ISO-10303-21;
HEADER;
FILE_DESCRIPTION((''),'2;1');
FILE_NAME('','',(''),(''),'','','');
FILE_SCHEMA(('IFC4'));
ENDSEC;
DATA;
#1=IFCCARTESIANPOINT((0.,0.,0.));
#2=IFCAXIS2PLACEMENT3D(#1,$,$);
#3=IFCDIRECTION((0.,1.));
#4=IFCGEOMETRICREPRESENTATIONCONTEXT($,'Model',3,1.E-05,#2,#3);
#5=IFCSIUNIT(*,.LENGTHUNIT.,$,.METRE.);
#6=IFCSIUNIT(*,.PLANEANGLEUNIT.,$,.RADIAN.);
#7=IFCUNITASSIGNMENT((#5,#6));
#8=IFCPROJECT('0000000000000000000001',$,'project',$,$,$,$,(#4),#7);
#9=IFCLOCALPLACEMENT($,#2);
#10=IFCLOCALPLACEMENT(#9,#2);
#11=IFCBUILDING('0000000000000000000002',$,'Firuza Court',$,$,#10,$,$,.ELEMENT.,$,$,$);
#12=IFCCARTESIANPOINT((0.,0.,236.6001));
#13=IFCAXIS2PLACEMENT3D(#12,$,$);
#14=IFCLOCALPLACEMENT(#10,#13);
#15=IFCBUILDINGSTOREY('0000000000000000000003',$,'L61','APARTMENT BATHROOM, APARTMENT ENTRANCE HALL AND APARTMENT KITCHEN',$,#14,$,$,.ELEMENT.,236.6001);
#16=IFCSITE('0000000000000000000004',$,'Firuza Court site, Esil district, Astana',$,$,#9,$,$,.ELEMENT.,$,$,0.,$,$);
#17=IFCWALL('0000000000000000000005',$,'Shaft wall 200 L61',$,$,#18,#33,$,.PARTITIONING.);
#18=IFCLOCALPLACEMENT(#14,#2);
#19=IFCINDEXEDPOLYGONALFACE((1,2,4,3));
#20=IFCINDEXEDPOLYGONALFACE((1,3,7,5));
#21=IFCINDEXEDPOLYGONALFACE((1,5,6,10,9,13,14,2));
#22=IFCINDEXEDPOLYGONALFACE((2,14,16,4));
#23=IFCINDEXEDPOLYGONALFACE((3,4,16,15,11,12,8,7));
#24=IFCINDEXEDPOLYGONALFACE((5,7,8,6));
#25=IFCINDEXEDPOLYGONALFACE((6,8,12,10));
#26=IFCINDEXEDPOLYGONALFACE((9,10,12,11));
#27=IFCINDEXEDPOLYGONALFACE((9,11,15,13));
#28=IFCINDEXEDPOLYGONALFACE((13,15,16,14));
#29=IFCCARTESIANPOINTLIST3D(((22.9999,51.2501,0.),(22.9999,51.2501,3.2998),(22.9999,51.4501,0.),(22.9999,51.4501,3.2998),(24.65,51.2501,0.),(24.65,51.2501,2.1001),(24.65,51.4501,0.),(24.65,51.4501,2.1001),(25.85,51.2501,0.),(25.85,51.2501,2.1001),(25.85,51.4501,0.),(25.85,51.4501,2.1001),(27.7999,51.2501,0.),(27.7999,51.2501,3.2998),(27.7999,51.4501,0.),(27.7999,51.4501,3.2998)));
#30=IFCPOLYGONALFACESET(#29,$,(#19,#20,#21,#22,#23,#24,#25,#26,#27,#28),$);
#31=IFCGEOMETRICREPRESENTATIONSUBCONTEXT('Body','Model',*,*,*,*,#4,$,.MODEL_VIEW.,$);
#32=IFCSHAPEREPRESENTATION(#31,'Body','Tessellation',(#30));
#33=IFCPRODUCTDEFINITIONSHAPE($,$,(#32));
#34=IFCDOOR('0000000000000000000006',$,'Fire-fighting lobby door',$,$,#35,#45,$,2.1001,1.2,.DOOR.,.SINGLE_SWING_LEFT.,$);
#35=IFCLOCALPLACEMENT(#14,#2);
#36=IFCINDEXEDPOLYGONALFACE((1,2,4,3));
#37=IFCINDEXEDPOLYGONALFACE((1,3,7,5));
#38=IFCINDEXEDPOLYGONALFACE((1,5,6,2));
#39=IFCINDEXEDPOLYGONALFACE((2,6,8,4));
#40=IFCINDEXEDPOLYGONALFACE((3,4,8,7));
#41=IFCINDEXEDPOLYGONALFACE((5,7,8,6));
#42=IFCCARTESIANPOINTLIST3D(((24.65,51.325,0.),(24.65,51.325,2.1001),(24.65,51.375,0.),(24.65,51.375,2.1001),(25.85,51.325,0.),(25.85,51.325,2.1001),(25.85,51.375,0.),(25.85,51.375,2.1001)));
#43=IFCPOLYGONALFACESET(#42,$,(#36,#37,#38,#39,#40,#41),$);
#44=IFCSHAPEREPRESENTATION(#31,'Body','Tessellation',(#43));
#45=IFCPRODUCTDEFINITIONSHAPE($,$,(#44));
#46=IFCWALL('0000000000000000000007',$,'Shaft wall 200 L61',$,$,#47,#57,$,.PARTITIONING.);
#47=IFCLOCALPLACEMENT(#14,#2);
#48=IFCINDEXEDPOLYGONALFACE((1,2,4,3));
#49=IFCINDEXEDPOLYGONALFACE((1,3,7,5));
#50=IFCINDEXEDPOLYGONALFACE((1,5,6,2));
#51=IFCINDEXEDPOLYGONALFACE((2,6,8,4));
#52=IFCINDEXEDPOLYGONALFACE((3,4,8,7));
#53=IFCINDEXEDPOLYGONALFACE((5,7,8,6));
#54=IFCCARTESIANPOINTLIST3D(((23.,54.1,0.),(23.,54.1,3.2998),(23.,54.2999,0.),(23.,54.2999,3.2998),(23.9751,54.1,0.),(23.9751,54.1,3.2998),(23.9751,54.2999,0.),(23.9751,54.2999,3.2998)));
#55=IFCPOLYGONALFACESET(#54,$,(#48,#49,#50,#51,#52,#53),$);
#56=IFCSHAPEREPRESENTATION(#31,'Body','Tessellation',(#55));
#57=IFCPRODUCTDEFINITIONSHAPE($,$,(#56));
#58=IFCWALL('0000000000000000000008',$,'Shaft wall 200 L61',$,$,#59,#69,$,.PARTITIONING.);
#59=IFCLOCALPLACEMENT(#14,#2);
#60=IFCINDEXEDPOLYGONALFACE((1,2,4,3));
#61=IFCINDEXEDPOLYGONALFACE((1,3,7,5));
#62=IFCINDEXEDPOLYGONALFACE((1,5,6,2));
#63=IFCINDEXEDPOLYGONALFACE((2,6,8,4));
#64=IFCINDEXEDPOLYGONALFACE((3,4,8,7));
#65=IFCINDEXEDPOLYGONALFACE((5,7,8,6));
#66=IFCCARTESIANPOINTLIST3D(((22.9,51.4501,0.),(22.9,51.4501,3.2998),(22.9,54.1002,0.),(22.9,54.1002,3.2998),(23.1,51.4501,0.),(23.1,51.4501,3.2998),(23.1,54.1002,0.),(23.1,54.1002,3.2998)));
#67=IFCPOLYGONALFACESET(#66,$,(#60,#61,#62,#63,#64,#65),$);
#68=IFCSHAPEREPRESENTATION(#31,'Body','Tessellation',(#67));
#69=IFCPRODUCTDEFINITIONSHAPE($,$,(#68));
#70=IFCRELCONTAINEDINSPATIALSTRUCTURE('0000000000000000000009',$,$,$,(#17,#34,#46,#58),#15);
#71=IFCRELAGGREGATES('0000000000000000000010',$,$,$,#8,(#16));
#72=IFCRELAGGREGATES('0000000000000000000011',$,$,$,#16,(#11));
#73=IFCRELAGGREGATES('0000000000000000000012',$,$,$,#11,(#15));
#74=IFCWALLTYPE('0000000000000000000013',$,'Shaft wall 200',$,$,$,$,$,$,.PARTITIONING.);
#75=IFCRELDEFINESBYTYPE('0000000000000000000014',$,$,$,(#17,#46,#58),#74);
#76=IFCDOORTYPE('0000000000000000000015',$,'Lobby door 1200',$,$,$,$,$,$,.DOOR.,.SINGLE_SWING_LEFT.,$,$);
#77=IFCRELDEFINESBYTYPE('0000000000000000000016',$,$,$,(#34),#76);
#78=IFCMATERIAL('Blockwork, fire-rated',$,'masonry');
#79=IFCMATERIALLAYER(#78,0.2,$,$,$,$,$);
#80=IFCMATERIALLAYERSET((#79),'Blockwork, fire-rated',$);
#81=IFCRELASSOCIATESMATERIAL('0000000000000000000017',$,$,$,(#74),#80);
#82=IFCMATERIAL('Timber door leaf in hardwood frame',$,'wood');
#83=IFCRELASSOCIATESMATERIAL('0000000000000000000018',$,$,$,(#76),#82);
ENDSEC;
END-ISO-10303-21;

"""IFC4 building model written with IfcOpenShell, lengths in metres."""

from ifc_helpers import new_model, si_unit, direction, frame, frame_2d, origin, place, context, subcontext, project, spatial, rectangle, extrude, material, layer, layer_set, type_object, element, fill, save


model = new_model("IFC4")

# Units and contexts
model_context = context("Model", 3, precision=1e-05, world=origin(), true_north=direction((0.0, 1.0)))
body_context = subcontext(model_context, "Body", "Model", "MODEL_VIEW")
ifc_project = project(units=[si_unit("LENGTHUNIT", "METRE"), si_unit("PLANEANGLEUNIT", "RADIAN")], contexts=[model_context])

# Site, building, storey
site_placement = place(None, origin())
site = spatial("IfcSite", under=ifc_project, at=site_placement, Name="Firuza Court site, Esil district, Astana", CompositionType="ELEMENT", RefElevation=0.0)
building_placement = place(site_placement, origin())
building = spatial("IfcBuilding", under=site, at=building_placement, Name="Firuza Court", CompositionType="ELEMENT")
storey_placement = place(building_placement, frame((0.0, 0.0, 236.6001)))
storey = spatial("IfcBuildingStorey", under=building, at=storey_placement, Name="L61", Description="APARTMENT BATHROOM, APARTMENT ENTRANCE HALL AND APARTMENT KITCHEN", CompositionType="ELEMENT", Elevation=236.6001)

# Shared definitions
ifc_material_1 = material(Name="Blockwork, fire-rated", Category="masonry")

# Wall, opening, door
ifc_layer_1 = layer(ifc_material_1, 0.2)
ifc_layer_set_1 = layer_set([ifc_layer_1], Name="Blockwork, fire-rated")
wall_type_1 = type_object("IfcWallType", Name="Shaft wall 200", PredefinedType="PARTITIONING", material=ifc_layer_set_1)
wall_1_placement = place(storey_placement, frame((23.0, 51.3501, 0.0), z_axis=(0.0, 0.0, 1.0), x_axis=(1.0, 0.0, 0.0)))
wall_1 = element("IfcWall", 1, at=wall_1_placement, inside=storey, type_object=wall_type_1, Name="Shaft wall 200 L61", PredefinedType="PARTITIONING", context=body_context, shape_type="SweptSolid", body=[
    extrude(rectangle(XDim=4.8, YDim=0.2, at=frame_2d((2.3999, 0.0))), origin(), (0.0, 0.0, 1.0), 3.2998),
])
opening_1_placement = place(wall_1_placement, frame((1.6499, 0.0, 0.0)))
opening_1 = element("IfcOpeningElement", 2, at=opening_1_placement, cuts=wall_1, PredefinedType="OPENING", context=body_context, shape_type="SweptSolid", body=[
    extrude(rectangle(XDim=1.2, YDim=2.1001, at=frame_2d((0.6001, 1.05))), frame((0.0, 0.1118, 0.0), z_axis=(0.0, -1.0, 0.0), x_axis=(1.0, 0.0, 0.0)), (0.0, 0.0, 1.0), 0.2239),
])
ifc_material_2 = material(Name="Timber door leaf in hardwood frame", Category="wood")
door_type_1 = type_object("IfcDoorType", Name="Lobby door 1200", OperationType="SINGLE_SWING_LEFT", PredefinedType="DOOR", material=ifc_material_2)
door_1_placement = place(opening_1_placement, origin())
door_1 = element("IfcDoor", 3, at=door_1_placement, inside=storey, type_object=door_type_1, Name="Fire-fighting lobby door", OperationType="SINGLE_SWING_LEFT", OverallHeight=2.1001, OverallWidth=1.2, PredefinedType="DOOR", context=body_context, shape_type="SweptSolid", body=[
    extrude(rectangle(XDim=1.2, YDim=2.1001, at=frame_2d((0.6001, 1.05))), frame((0.0, 0.0249, 0.0), z_axis=(0.0, -1.0, 0.0), x_axis=(1.0, 0.0, 0.0)), (0.0, 0.0, 1.0), 0.05),
])
fill(opening_1, door_1)

# Walls
wall_2_placement = place(storey_placement, frame((23.0, 54.2, 0.0), z_axis=(0.0, 0.0, 1.0), x_axis=(1.0, 0.0, 0.0)))
element("IfcWall", 4, at=wall_2_placement, inside=storey, type_object=wall_type_1, Name="Shaft wall 200 L61", PredefinedType="PARTITIONING", context=body_context, shape_type="SweptSolid", body=[
    extrude(rectangle(XDim=0.9751, YDim=0.2, at=frame_2d((0.4875, 0.0))), origin(), (0.0, 0.0, 1.0), 3.2998),
])
wall_3_placement = place(storey_placement, frame((23.0, 51.45, 0.0), z_axis=(0.0, 0.0, 1.0), x_axis=(0.0, 1.0, 0.0)))
element("IfcWall", 5, at=wall_3_placement, inside=storey, type_object=wall_type_1, Name="Shaft wall 200 L61", PredefinedType="PARTITIONING", context=body_context, shape_type="SweptSolid", body=[
    extrude(rectangle(XDim=2.6501, YDim=0.2, at=frame_2d((1.3252, 0.0))), origin(), (0.0, 0.0, 1.0), 3.2998),
])

save(model, "model.ifc")
